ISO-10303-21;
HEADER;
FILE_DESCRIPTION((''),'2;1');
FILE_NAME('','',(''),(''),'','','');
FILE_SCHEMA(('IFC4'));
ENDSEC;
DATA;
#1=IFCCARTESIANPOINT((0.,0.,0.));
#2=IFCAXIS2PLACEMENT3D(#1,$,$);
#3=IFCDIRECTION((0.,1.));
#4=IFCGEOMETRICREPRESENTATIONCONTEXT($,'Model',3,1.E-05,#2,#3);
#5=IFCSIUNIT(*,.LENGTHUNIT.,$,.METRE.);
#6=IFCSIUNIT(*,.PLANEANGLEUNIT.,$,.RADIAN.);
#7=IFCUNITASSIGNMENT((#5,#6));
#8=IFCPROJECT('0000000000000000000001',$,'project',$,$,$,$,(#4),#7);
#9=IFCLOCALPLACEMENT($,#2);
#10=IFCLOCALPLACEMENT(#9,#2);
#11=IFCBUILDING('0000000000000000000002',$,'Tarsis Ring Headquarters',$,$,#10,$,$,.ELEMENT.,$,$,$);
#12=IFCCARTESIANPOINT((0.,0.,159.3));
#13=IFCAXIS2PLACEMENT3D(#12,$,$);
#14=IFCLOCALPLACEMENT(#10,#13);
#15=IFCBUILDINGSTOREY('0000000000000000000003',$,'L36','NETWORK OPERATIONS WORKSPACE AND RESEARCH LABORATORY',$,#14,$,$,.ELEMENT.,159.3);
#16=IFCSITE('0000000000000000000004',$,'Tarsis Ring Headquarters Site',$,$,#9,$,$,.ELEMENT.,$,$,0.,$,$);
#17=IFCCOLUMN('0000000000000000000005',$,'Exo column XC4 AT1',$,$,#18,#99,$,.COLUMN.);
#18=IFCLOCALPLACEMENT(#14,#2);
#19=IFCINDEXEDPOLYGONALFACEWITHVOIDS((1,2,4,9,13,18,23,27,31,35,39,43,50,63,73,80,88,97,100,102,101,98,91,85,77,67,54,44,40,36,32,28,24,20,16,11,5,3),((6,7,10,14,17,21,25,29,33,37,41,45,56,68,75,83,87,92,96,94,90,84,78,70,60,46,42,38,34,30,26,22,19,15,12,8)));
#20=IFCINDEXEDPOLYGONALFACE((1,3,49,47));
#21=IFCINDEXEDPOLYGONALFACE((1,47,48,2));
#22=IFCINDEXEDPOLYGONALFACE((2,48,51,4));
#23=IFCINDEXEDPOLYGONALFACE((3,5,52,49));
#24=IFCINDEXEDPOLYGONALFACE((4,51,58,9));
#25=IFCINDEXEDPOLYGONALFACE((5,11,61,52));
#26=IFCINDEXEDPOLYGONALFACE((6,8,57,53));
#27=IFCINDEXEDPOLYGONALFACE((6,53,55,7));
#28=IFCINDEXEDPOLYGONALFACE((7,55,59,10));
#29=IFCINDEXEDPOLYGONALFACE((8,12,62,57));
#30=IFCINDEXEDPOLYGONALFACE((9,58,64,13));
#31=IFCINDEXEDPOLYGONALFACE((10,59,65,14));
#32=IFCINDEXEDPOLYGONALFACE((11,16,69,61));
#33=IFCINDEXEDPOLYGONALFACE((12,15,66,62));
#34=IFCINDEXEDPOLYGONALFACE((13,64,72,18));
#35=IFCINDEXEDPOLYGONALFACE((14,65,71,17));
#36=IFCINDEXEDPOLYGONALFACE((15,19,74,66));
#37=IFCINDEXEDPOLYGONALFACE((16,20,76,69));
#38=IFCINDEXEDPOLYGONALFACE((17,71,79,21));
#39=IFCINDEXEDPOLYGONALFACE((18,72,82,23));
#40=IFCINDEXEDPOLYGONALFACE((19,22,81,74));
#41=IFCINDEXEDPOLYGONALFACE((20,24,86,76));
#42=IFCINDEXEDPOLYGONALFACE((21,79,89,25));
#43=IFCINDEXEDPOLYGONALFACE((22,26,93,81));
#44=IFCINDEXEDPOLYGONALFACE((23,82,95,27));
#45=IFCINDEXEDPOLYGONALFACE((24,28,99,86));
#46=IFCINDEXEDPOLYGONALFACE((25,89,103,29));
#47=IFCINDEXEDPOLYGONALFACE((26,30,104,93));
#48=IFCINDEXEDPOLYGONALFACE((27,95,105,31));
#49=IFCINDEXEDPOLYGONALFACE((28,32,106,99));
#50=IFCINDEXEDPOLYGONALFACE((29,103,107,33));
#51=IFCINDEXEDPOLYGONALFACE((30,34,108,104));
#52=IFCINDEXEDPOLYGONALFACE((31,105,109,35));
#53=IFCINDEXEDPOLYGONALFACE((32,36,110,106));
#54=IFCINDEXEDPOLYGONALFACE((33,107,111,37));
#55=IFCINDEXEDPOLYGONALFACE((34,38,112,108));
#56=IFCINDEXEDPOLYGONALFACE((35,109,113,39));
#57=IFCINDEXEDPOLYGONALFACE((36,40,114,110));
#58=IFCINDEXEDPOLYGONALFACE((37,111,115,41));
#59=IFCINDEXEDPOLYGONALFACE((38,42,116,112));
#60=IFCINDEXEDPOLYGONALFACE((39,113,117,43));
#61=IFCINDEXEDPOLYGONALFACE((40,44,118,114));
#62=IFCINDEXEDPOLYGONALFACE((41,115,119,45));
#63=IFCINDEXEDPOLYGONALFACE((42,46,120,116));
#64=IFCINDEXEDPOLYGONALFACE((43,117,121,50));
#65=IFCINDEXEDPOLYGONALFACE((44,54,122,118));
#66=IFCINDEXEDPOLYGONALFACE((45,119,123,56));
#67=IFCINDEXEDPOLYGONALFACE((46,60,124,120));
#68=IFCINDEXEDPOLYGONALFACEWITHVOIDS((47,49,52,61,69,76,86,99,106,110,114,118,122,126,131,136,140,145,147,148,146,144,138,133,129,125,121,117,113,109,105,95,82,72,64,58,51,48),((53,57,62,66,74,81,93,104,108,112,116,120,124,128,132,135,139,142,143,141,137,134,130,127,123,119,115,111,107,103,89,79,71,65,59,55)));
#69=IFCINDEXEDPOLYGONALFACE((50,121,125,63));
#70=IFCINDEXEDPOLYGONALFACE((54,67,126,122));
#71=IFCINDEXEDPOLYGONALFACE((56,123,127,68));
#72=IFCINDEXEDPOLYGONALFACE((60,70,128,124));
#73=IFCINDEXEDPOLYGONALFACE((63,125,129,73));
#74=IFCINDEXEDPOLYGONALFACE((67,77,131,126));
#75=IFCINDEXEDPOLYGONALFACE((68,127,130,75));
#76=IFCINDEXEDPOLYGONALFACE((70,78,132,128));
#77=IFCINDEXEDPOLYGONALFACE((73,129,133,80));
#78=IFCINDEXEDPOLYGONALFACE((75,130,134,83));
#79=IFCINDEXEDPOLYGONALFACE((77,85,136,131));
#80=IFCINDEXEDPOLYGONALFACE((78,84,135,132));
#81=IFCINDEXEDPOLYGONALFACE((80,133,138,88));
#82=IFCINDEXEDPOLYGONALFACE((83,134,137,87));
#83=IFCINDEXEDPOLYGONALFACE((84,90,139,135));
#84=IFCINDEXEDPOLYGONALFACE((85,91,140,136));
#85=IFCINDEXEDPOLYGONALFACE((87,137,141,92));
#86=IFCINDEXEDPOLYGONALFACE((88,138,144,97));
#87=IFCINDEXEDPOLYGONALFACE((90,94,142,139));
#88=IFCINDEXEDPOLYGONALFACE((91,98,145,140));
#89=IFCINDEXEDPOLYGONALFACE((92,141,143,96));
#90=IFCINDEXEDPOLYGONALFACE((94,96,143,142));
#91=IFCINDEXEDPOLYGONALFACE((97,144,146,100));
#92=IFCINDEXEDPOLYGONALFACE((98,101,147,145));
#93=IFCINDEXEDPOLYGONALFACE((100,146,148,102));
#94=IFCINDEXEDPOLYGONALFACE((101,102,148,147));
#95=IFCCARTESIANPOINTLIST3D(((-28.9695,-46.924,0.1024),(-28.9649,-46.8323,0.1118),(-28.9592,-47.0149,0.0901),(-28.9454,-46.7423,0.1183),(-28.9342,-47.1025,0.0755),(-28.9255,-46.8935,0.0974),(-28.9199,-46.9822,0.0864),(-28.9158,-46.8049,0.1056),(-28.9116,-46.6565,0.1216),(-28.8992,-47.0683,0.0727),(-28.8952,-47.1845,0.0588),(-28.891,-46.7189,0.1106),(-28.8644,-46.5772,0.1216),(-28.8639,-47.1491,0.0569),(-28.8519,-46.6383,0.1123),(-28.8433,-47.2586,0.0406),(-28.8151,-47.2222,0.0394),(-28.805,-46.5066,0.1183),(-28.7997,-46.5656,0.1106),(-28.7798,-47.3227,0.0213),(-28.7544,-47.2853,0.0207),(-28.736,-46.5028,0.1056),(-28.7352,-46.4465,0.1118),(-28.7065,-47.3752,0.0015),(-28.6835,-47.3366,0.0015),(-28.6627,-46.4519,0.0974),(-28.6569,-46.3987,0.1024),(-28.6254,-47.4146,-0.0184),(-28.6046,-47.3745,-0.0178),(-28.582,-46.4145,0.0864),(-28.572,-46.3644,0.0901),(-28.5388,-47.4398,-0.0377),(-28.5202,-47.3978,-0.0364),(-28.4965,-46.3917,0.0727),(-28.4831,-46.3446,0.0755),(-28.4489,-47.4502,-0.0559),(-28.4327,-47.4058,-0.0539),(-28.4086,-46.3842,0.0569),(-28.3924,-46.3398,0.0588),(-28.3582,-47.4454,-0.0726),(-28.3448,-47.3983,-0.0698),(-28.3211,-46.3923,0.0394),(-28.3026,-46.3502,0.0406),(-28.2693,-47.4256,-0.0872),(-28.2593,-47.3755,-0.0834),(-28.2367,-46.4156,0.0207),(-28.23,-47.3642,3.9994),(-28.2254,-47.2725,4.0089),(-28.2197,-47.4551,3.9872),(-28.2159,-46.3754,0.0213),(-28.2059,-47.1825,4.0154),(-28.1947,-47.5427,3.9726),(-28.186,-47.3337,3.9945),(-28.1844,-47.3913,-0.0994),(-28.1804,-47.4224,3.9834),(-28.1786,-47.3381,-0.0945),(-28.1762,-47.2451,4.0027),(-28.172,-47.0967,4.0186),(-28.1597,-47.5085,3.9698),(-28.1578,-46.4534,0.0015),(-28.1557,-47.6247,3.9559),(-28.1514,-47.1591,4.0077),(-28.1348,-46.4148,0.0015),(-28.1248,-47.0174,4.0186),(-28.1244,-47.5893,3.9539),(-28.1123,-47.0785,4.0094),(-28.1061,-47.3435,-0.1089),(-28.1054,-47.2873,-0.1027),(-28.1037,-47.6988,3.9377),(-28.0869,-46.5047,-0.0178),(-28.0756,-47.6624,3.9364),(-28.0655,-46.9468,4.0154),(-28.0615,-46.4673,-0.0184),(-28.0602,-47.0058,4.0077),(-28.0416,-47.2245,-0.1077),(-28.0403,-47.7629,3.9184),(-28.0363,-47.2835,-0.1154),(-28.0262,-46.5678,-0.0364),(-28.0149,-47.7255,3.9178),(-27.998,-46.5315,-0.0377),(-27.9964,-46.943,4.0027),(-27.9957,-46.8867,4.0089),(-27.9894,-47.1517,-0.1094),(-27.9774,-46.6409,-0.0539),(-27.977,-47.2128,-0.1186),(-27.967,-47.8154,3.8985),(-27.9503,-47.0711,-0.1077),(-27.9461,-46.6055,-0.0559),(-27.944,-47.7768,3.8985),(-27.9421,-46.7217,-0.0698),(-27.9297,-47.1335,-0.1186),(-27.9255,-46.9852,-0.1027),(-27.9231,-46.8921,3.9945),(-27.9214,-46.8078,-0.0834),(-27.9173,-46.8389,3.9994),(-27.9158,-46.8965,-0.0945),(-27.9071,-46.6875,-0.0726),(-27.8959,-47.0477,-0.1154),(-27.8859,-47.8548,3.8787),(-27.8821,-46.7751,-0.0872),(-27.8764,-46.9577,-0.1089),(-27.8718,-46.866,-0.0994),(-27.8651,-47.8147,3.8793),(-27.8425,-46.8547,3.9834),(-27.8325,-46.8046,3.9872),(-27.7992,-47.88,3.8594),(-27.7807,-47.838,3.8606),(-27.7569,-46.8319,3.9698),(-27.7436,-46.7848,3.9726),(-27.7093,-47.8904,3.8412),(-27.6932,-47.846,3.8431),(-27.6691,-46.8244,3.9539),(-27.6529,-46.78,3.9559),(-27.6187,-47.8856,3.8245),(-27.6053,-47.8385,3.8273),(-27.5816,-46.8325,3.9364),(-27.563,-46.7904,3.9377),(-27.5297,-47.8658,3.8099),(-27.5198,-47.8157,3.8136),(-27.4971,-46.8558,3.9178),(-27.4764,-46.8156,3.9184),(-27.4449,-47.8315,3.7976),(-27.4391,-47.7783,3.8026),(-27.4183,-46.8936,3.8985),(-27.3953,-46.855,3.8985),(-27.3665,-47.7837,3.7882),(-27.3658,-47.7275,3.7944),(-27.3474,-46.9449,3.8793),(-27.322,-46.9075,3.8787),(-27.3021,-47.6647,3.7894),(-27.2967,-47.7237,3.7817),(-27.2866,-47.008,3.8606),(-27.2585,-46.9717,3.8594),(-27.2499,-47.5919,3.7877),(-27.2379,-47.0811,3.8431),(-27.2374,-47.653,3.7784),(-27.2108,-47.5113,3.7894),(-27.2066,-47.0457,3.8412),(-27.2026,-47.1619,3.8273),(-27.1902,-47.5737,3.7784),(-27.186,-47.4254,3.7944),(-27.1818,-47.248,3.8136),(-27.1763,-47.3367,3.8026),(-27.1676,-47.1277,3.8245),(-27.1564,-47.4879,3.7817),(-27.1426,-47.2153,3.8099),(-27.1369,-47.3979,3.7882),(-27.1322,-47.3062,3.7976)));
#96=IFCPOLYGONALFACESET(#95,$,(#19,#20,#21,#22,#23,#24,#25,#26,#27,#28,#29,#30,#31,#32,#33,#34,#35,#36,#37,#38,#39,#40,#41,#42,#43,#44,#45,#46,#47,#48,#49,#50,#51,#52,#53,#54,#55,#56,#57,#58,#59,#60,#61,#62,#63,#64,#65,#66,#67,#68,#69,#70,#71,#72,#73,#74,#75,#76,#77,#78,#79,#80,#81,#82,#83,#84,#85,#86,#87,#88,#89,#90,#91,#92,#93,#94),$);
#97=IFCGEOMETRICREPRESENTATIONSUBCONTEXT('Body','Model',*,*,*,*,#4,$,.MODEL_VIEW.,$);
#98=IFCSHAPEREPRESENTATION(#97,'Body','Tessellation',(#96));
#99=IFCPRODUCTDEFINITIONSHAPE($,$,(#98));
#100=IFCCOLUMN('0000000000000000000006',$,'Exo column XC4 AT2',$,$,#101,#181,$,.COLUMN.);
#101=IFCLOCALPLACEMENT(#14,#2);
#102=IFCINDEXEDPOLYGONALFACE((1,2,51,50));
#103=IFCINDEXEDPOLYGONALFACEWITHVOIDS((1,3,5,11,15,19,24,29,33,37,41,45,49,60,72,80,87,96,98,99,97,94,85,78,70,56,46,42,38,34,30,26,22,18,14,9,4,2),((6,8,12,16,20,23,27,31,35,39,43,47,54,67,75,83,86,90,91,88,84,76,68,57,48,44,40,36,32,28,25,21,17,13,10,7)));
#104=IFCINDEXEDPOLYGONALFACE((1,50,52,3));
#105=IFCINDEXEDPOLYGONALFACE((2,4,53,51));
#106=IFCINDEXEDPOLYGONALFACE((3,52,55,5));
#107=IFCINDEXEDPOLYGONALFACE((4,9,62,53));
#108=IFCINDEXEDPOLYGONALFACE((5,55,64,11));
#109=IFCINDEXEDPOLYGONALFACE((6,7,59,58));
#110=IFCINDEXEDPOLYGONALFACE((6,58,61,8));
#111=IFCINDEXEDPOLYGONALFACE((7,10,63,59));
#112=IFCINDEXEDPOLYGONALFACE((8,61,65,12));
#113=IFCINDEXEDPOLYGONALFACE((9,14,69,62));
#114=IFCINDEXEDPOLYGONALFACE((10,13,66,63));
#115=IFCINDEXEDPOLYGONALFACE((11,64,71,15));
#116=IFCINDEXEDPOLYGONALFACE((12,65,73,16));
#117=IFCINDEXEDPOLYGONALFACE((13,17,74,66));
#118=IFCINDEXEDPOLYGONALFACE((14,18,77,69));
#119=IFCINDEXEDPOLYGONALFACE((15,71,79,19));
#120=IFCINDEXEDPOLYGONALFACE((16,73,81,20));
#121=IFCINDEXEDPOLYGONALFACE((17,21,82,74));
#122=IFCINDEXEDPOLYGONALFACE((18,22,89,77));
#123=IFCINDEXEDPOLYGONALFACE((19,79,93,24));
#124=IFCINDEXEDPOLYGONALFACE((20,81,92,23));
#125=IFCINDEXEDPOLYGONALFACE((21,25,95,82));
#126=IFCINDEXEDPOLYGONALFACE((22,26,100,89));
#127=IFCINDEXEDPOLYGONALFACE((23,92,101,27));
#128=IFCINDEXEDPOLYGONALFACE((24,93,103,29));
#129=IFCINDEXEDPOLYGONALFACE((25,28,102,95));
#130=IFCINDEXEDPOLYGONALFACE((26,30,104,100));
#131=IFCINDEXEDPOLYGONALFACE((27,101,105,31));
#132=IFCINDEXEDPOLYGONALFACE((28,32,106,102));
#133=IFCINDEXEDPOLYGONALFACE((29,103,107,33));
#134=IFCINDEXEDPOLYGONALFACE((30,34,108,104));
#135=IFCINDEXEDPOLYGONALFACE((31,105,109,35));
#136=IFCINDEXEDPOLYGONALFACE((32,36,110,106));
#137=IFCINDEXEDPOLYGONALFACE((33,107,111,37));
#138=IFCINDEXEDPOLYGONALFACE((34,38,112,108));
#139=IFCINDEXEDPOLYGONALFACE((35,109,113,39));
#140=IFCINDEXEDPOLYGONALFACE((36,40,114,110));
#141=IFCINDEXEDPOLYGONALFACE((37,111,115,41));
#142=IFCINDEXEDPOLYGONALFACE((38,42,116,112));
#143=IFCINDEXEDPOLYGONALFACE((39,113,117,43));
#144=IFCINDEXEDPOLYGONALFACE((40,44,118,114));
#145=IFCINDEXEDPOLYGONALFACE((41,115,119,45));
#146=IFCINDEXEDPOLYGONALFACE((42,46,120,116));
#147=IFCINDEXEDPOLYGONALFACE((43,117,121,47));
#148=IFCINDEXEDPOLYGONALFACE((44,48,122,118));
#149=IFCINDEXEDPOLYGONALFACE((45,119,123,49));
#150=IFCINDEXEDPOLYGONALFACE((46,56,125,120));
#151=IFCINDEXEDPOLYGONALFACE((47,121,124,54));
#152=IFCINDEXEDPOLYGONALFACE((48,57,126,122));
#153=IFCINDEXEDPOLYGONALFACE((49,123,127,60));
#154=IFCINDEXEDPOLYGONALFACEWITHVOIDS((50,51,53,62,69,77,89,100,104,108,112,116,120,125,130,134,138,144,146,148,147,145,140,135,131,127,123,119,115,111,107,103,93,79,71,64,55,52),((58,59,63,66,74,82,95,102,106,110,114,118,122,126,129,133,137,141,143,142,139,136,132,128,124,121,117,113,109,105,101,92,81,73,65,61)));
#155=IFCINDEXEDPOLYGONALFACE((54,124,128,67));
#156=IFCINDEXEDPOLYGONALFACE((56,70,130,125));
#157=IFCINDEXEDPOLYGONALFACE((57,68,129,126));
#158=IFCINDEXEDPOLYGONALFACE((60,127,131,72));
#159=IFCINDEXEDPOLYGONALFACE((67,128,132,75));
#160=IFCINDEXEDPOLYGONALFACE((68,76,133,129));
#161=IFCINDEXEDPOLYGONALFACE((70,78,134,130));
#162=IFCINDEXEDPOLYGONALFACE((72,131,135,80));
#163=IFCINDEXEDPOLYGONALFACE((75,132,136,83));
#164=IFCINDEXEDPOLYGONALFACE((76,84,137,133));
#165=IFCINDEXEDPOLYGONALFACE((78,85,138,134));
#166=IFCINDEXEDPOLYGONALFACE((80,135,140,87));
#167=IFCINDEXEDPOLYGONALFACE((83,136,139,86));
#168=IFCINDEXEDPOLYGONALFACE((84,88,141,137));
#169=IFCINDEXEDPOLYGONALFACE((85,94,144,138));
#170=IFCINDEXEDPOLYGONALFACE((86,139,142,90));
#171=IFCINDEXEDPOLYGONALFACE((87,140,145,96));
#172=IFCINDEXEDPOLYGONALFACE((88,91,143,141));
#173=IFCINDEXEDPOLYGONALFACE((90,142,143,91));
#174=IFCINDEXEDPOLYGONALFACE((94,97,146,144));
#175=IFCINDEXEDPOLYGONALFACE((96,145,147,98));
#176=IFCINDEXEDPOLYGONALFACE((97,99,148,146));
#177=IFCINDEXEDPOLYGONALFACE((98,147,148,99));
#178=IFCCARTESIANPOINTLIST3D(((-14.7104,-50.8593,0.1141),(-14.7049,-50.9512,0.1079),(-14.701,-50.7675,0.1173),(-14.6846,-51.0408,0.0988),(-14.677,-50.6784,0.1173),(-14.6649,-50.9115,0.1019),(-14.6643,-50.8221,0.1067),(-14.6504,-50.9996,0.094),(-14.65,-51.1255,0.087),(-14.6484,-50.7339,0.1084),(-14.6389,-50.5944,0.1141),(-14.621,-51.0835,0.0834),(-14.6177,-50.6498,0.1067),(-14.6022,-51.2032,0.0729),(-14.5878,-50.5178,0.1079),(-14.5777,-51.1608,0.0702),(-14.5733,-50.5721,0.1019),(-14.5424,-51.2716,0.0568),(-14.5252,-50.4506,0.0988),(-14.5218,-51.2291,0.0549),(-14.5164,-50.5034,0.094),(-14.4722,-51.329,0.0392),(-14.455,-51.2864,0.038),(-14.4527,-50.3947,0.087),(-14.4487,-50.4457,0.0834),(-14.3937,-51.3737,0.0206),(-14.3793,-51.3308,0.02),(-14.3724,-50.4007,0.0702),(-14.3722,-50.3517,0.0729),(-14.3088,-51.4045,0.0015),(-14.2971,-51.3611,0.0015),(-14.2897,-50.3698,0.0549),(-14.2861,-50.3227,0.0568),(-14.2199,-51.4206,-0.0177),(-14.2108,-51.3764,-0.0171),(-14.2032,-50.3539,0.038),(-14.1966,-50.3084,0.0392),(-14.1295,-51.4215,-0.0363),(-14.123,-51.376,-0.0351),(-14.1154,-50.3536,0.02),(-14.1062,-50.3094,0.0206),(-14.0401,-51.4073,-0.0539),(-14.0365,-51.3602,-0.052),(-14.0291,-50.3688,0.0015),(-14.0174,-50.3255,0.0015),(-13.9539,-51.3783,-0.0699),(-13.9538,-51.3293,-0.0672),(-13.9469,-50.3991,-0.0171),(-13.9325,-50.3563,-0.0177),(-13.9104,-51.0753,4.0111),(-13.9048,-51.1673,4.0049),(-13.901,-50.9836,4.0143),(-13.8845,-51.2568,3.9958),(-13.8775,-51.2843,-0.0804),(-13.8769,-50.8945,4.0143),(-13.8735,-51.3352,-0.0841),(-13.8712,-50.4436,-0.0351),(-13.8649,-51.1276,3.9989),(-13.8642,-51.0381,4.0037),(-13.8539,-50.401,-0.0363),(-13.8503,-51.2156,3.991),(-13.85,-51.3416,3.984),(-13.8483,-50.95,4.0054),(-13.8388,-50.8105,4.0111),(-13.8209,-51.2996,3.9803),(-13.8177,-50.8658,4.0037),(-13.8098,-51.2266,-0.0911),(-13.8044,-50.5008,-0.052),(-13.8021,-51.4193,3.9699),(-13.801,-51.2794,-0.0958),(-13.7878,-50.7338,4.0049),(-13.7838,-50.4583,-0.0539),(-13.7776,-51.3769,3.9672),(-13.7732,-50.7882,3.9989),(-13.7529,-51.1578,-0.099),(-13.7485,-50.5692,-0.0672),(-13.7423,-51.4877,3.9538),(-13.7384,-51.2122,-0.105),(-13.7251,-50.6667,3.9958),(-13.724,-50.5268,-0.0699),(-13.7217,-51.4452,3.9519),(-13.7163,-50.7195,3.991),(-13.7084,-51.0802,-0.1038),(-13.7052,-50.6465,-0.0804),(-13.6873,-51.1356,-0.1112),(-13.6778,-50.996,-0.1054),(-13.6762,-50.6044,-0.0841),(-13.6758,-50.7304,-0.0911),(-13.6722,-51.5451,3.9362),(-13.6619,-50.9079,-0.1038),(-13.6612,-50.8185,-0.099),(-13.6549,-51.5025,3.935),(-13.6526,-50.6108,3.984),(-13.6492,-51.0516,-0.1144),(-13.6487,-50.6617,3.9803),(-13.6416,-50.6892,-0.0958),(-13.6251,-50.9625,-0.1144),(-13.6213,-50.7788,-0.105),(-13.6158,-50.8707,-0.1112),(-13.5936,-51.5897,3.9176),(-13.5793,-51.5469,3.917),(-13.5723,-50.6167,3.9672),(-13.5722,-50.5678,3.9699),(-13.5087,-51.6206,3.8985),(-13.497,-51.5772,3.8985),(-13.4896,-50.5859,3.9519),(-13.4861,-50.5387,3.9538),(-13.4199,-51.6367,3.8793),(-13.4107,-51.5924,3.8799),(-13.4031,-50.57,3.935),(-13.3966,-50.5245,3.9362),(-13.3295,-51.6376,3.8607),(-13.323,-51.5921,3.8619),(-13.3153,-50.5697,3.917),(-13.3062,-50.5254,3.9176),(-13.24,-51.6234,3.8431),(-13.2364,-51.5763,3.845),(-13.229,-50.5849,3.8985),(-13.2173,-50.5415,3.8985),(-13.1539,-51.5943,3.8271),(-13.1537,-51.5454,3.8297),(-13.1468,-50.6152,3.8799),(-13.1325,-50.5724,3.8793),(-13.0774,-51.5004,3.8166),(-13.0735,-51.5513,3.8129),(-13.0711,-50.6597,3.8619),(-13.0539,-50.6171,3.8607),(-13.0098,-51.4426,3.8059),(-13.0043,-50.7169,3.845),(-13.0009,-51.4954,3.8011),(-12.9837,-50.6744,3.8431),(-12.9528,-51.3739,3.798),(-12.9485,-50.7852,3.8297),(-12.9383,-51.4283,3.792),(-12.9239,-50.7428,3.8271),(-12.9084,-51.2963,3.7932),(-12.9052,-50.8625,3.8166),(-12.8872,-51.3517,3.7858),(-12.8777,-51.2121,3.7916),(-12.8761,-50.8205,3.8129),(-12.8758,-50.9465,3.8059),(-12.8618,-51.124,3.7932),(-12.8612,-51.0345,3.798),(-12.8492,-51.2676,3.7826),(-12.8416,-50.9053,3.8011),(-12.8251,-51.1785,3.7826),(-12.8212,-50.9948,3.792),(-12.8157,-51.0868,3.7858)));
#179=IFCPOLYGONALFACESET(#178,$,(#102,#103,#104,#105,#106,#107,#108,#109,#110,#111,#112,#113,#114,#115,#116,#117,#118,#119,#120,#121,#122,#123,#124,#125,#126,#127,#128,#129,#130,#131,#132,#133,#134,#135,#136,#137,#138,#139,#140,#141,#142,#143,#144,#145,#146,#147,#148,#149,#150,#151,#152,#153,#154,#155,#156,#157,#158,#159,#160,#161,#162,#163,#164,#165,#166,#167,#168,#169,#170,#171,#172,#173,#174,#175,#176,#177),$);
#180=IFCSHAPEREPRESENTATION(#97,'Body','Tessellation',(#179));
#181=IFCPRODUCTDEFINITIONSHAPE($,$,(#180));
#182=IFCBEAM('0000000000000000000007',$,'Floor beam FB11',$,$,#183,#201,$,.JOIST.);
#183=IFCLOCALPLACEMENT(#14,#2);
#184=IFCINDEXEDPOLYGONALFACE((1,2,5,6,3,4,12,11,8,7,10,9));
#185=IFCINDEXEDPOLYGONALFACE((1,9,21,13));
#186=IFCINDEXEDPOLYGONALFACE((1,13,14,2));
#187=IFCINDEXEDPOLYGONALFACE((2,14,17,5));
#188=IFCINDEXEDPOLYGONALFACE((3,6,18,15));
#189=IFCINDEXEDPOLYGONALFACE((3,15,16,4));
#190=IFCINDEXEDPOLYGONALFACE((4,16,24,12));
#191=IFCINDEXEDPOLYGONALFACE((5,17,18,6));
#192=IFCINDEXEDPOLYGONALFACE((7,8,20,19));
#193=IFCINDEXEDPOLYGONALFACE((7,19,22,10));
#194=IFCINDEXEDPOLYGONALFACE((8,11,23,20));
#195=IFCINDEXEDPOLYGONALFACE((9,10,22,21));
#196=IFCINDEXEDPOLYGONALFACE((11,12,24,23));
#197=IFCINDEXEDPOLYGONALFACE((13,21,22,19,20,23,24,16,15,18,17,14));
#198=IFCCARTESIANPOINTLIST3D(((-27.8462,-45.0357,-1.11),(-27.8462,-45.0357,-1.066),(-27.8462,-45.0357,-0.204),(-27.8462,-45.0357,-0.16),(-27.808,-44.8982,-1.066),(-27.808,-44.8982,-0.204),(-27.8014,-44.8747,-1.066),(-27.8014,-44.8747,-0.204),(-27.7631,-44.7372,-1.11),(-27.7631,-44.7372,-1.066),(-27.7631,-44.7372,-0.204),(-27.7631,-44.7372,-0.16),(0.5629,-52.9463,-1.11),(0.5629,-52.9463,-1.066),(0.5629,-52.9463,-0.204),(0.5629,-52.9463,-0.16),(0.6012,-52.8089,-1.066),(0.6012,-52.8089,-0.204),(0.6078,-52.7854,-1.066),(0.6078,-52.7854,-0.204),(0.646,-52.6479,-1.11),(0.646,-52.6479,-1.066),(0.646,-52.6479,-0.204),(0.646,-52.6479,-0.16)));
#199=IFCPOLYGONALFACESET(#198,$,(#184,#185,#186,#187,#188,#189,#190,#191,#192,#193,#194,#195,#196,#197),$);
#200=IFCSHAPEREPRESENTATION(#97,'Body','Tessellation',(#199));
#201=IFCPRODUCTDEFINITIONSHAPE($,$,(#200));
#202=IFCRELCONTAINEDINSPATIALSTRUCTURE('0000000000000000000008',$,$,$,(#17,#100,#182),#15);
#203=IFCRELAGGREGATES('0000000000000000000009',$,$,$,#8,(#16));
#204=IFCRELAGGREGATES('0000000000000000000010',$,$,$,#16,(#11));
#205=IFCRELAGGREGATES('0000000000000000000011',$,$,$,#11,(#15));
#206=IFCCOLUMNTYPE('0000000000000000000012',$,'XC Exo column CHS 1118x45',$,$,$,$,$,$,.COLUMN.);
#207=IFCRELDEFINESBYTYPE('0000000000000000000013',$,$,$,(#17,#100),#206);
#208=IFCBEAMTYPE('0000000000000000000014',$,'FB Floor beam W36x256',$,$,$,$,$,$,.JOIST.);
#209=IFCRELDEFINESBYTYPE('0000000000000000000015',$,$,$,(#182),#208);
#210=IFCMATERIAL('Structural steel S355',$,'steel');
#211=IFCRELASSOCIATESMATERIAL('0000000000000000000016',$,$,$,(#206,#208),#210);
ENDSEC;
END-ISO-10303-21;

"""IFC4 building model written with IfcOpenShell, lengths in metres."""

from ifc_helpers import new_model, si_unit, direction, frame, origin, origin_2d, place, context, subcontext, project, spatial, hollow_circle, i_section, extrude, material, material_profile, profile_set, type_object, element, save


model = new_model("IFC4")

# Units and contexts
model_context = context("Model", 3, precision=1e-05, world=origin(), true_north=direction((0.0, 1.0)))
body_context = subcontext(model_context, "Body", "Model", "MODEL_VIEW")
ifc_project = project(units=[si_unit("LENGTHUNIT", "METRE"), si_unit("PLANEANGLEUNIT", "RADIAN")], contexts=[model_context])

# Site, building, storey
site_placement = place(None, origin())
site = spatial("IfcSite", under=ifc_project, at=site_placement, Name="Tarsis Ring Headquarters Site", CompositionType="ELEMENT", RefElevation=0.0)
building_placement = place(site_placement, origin())
building = spatial("IfcBuilding", under=site, at=building_placement, Name="Tarsis Ring Headquarters", CompositionType="ELEMENT")
storey_placement = place(building_placement, frame((0.0, 0.0, 159.3)))
storey = spatial("IfcBuildingStorey", under=building, at=storey_placement, Name="L36", Description="NETWORK OPERATIONS WORKSPACE AND RESEARCH LABORATORY", CompositionType="ELEMENT", Elevation=159.3)

# Columns
ifc_material_1 = material(Name="Structural steel S355", Category="steel")
ifc_material_profile_1 = material_profile(ifc_material_1, hollow_circle(Radius=0.5588, WallThickness=0.0449, at=origin_2d()), Name="CHS 1118x45")
ifc_profile_set_1 = profile_set([ifc_material_profile_1], Name="Structural steel S355")
column_type = type_object("IfcColumnType", Name="XC Exo column CHS 1118x45", PredefinedType="COLUMN", material=ifc_profile_set_1)
column_1_placement = place(storey_placement, frame((-28.4207, -46.895, 0.0015), z_axis=(0.185299, -0.110298, 0.976473), x_axis=(0.511489, 0.85929, 0.0)))
element("IfcColumn", 1, at=column_1_placement, inside=storey, type_object=column_type, Name="Exo column XC4 AT1", PredefinedType="COLUMN", context=body_context, shape_type="SweptSolid", body=[
    extrude(hollow_circle(Radius=0.5588, WallThickness=0.0449, at=origin_2d()), origin(), (0.0, 0.0, 1.0), 3.991),
])
column_2_placement = place(storey_placement, frame((-14.1631, -50.865, 0.0015), z_axis=(0.20081, -0.054232, 0.978128), x_axis=(0.260724, 0.965414, 0.0)))
element("IfcColumn", 2, at=column_2_placement, inside=storey, type_object=column_type, Name="Exo column XC4 AT2", PredefinedType="COLUMN", context=body_context, shape_type="SweptSolid", body=[
    extrude(hollow_circle(Radius=0.5588, WallThickness=0.0449, at=origin_2d()), origin(), (0.0, 0.0, 1.0), 3.9841),
])

# Beam
ifc_material_profile_2 = material_profile(ifc_material_1, i_section(OverallWidth=0.3098, OverallDepth=0.95, WebThickness=0.0244, FlangeThickness=0.0439, at=origin_2d()), Name="W36x256")
ifc_profile_set_2 = profile_set([ifc_material_profile_2], Name="Structural steel S355")
beam_type_1 = type_object("IfcBeamType", Name="FB Floor beam W36x256", PredefinedType="JOIST", material=ifc_profile_set_2)
beam_placement = place(storey_placement, frame((-27.8047, -44.8865, -0.635), z_axis=(0.96335, -0.268248, 0.0), x_axis=(0.268248, 0.96335, 0.0)))
element("IfcBeam", 3, at=beam_placement, inside=storey, type_object=beam_type_1, Name="Floor beam FB11", PredefinedType="JOIST", context=body_context, shape_type="SweptSolid", body=[
    extrude(i_section(OverallWidth=0.3098, OverallDepth=0.95, WebThickness=0.0244, FlangeThickness=0.0439, at=origin_2d()), origin(), (0.0, 0.0, 1.0), 29.49),
])

save(model, "model.ifc")
